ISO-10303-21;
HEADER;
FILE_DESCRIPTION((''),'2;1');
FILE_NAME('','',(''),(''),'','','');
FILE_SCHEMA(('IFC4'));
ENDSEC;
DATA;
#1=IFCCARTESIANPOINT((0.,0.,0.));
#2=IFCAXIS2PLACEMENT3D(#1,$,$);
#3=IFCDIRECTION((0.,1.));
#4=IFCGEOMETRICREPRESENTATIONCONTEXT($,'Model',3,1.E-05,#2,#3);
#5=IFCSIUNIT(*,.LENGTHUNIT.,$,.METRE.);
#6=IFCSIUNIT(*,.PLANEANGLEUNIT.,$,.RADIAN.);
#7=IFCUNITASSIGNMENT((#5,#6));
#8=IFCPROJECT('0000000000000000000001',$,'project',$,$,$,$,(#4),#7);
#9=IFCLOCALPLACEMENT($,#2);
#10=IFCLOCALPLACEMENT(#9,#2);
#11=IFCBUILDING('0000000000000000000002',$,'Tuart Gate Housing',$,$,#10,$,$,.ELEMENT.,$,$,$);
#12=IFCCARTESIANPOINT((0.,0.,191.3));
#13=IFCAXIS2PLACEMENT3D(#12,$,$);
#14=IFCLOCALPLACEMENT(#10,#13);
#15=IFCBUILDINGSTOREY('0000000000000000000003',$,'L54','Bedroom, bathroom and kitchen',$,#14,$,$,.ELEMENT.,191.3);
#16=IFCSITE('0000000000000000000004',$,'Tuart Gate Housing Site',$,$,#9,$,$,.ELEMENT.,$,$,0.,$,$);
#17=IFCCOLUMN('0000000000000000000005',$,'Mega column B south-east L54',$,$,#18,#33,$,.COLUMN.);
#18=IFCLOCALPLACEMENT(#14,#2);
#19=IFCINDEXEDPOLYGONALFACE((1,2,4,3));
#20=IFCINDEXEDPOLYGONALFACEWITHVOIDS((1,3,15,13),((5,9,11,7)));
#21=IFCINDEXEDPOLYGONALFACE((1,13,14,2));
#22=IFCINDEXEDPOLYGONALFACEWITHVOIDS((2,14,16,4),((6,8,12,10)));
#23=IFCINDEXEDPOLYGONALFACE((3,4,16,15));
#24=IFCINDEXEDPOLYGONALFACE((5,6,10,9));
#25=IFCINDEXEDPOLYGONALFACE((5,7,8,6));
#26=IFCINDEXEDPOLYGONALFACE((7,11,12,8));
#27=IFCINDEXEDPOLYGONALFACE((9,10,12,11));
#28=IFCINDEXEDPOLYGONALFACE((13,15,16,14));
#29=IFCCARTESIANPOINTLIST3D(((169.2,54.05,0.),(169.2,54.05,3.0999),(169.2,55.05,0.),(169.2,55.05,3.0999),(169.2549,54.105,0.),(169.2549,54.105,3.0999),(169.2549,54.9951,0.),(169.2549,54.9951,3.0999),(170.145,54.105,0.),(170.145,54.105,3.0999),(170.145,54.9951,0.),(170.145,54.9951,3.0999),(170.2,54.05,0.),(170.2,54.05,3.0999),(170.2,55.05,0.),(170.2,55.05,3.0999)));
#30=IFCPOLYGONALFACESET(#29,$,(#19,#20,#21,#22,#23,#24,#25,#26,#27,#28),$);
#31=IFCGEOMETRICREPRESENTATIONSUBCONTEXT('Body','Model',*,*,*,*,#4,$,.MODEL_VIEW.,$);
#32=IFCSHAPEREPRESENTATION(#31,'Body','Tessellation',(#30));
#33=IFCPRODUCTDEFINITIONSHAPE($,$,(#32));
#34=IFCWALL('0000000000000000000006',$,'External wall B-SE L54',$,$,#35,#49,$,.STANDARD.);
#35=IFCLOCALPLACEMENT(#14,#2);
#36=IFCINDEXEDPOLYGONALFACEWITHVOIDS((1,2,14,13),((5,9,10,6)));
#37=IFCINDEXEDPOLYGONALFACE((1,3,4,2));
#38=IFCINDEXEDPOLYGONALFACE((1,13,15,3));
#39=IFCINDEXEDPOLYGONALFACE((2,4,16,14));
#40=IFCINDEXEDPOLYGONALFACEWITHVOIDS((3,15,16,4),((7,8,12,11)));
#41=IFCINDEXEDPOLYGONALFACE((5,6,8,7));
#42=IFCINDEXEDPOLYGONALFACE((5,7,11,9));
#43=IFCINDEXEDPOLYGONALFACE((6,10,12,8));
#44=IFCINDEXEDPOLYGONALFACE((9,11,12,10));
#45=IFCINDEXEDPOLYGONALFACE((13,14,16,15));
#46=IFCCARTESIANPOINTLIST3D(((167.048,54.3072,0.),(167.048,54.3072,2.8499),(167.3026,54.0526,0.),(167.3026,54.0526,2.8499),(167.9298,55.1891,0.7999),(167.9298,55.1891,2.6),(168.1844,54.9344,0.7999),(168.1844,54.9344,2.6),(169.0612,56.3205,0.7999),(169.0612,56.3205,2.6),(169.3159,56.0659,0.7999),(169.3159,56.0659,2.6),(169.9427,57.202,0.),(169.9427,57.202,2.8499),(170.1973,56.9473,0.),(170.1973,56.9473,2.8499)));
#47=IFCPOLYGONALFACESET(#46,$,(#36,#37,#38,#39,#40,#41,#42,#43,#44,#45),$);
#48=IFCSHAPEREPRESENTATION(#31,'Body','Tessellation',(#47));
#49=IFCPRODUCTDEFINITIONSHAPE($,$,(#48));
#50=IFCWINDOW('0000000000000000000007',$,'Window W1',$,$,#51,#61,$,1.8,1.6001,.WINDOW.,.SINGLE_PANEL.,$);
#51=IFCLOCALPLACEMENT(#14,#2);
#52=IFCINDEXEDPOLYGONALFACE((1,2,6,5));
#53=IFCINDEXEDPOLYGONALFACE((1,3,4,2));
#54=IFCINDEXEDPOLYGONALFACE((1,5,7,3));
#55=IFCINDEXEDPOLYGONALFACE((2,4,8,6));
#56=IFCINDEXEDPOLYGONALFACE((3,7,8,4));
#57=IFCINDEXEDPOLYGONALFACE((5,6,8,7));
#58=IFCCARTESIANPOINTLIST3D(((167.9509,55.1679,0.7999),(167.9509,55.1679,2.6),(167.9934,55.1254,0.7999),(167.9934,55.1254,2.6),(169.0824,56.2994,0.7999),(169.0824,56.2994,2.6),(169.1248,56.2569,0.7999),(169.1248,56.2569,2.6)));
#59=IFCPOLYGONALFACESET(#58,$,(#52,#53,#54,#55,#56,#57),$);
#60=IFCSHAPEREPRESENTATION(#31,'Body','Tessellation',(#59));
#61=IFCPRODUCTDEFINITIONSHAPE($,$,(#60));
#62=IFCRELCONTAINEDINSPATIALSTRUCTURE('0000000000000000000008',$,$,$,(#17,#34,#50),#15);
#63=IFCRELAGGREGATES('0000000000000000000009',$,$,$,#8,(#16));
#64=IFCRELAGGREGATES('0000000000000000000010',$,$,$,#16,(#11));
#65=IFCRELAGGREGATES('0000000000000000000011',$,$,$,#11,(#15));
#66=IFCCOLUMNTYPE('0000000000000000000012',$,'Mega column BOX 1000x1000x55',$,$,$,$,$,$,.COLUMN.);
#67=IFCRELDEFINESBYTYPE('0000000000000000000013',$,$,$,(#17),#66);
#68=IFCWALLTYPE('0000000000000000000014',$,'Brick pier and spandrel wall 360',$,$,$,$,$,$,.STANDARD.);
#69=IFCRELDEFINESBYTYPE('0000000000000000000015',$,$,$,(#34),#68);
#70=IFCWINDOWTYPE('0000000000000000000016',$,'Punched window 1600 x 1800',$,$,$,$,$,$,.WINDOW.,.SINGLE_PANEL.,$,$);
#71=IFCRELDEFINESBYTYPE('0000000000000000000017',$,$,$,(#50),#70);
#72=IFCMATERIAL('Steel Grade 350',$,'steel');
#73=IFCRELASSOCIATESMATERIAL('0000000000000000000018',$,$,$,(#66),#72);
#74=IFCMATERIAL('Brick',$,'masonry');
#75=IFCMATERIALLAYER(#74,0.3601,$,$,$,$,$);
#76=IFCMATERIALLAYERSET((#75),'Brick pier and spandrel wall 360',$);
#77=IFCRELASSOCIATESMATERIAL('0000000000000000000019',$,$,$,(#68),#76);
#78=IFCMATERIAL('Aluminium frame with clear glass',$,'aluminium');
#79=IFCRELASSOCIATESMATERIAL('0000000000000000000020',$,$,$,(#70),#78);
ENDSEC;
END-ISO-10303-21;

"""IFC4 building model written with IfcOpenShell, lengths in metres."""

from ifc_helpers import new_model, si_unit, direction, frame, frame_2d, origin, origin_2d, place, context, subcontext, project, spatial, rectangle, hollow_rectangle, extrude, material, layer, layer_set, material_profile, profile_set, type_object, element, fill, save


model = new_model("IFC4")

# Units and contexts
model_context = context("Model", 3, precision=1e-05, world=origin(), true_north=direction((0.0, 1.0)))
body_context = subcontext(model_context, "Body", "Model", "MODEL_VIEW")
ifc_project = project(units=[si_unit("LENGTHUNIT", "METRE"), si_unit("PLANEANGLEUNIT", "RADIAN")], contexts=[model_context])

# Site, building, storey
site_placement = place(None, origin())
site = spatial("IfcSite", under=ifc_project, at=site_placement, Name="Tuart Gate Housing Site", CompositionType="ELEMENT", RefElevation=0.0)
building_placement = place(site_placement, origin())
building = spatial("IfcBuilding", under=site, at=building_placement, Name="Tuart Gate Housing", CompositionType="ELEMENT")
storey_placement = place(building_placement, frame((0.0, 0.0, 191.3)))
storey = spatial("IfcBuildingStorey", under=building, at=storey_placement, Name="L54", Description="Bedroom, bathroom and kitchen", CompositionType="ELEMENT", Elevation=191.3)

# Column
ifc_material_1 = material(Name="Steel Grade 350", Category="steel")
ifc_material_profile = material_profile(ifc_material_1, hollow_rectangle(XDim=1.0, YDim=1.0, WallThickness=0.0549, at=origin_2d()), Name="BOX 1000x1000x55")
ifc_profile_set = profile_set([ifc_material_profile], Name="Steel Grade 350")
column_type = type_object("IfcColumnType", Name="Mega column BOX 1000x1000x55", PredefinedType="COLUMN", material=ifc_profile_set)
column_placement = place(storey_placement, frame((169.7, 54.55, 0.0), z_axis=(0.0, 0.0, 1.0), x_axis=(1.0, 0.0, 0.0)))
element("IfcColumn", 1, at=column_placement, inside=storey, type_object=column_type, Name="Mega column B south-east L54", PredefinedType="COLUMN", context=body_context, shape_type="SweptSolid", body=[
    extrude(hollow_rectangle(XDim=1.0, YDim=1.0, WallThickness=0.0549, at=origin_2d()), origin(), (0.0, 0.0, 1.0), 3.0999),
])

# Wall, opening, window
ifc_material_2 = material(Name="Brick", Category="masonry")
ifc_layer_1 = layer(ifc_material_2, 0.3601)
ifc_layer_set_1 = layer_set([ifc_layer_1], Name="Brick pier and spandrel wall 360")
wall_type_1 = type_object("IfcWallType", Name="Brick pier and spandrel wall 360", PredefinedType="STANDARD", material=ifc_layer_set_1)
wall_1_placement = place(storey_placement, frame((167.1753, 54.1799, 0.0), z_axis=(0.0, 0.0, 1.0), x_axis=(0.707107, 0.707107, 0.0)))
wall_1 = element("IfcWall", 2, at=wall_1_placement, inside=storey, type_object=wall_type_1, Name="External wall B-SE L54", PredefinedType="STANDARD", context=body_context, shape_type="SweptSolid", body=[
    extrude(rectangle(XDim=4.0938, YDim=0.3601, at=frame_2d((2.0469, 0.0))), origin(), (0.0, 0.0, 1.0), 2.8499),
])
opening_1_placement = place(wall_1_placement, frame((1.2471, 0.0, 0.8)))
opening_1 = element("IfcOpeningElement", 3, at=opening_1_placement, cuts=wall_1, PredefinedType="OPENING", context=body_context, shape_type="SweptSolid", body=[
    extrude(rectangle(XDim=1.6001, YDim=1.8, at=frame_2d((0.8, 0.8999))), frame((0.0, 0.1899, 0.0), z_axis=(0.0, -1.0, 0.0), x_axis=(1.0, 0.0, 0.0)), (0.0, 0.0, 1.0), 0.3801),
])
ifc_material_3 = material(Name="Aluminium frame with clear glass", Category="aluminium")
window_type = type_object("IfcWindowType", Name="Punched window 1600 x 1800", PartitioningType="SINGLE_PANEL", PredefinedType="WINDOW", material=ifc_material_3)
window_1_placement = place(opening_1_placement, origin())
window_1 = element("IfcWindow", 4, at=window_1_placement, inside=storey, type_object=window_type, Name="Window W1", OverallHeight=1.8, OverallWidth=1.6001, PartitioningType="SINGLE_PANEL", PredefinedType="WINDOW", context=body_context, shape_type="SweptSolid", body=[
    extrude(rectangle(XDim=1.6001, YDim=1.8, at=frame_2d((0.8, 0.8999))), frame((0.0, 0.1501, 0.0), z_axis=(0.0, -1.0, 0.0), x_axis=(1.0, 0.0, 0.0)), (0.0, 0.0, 1.0), 0.0601),
])
fill(opening_1, window_1)

save(model, "model.ifc")
